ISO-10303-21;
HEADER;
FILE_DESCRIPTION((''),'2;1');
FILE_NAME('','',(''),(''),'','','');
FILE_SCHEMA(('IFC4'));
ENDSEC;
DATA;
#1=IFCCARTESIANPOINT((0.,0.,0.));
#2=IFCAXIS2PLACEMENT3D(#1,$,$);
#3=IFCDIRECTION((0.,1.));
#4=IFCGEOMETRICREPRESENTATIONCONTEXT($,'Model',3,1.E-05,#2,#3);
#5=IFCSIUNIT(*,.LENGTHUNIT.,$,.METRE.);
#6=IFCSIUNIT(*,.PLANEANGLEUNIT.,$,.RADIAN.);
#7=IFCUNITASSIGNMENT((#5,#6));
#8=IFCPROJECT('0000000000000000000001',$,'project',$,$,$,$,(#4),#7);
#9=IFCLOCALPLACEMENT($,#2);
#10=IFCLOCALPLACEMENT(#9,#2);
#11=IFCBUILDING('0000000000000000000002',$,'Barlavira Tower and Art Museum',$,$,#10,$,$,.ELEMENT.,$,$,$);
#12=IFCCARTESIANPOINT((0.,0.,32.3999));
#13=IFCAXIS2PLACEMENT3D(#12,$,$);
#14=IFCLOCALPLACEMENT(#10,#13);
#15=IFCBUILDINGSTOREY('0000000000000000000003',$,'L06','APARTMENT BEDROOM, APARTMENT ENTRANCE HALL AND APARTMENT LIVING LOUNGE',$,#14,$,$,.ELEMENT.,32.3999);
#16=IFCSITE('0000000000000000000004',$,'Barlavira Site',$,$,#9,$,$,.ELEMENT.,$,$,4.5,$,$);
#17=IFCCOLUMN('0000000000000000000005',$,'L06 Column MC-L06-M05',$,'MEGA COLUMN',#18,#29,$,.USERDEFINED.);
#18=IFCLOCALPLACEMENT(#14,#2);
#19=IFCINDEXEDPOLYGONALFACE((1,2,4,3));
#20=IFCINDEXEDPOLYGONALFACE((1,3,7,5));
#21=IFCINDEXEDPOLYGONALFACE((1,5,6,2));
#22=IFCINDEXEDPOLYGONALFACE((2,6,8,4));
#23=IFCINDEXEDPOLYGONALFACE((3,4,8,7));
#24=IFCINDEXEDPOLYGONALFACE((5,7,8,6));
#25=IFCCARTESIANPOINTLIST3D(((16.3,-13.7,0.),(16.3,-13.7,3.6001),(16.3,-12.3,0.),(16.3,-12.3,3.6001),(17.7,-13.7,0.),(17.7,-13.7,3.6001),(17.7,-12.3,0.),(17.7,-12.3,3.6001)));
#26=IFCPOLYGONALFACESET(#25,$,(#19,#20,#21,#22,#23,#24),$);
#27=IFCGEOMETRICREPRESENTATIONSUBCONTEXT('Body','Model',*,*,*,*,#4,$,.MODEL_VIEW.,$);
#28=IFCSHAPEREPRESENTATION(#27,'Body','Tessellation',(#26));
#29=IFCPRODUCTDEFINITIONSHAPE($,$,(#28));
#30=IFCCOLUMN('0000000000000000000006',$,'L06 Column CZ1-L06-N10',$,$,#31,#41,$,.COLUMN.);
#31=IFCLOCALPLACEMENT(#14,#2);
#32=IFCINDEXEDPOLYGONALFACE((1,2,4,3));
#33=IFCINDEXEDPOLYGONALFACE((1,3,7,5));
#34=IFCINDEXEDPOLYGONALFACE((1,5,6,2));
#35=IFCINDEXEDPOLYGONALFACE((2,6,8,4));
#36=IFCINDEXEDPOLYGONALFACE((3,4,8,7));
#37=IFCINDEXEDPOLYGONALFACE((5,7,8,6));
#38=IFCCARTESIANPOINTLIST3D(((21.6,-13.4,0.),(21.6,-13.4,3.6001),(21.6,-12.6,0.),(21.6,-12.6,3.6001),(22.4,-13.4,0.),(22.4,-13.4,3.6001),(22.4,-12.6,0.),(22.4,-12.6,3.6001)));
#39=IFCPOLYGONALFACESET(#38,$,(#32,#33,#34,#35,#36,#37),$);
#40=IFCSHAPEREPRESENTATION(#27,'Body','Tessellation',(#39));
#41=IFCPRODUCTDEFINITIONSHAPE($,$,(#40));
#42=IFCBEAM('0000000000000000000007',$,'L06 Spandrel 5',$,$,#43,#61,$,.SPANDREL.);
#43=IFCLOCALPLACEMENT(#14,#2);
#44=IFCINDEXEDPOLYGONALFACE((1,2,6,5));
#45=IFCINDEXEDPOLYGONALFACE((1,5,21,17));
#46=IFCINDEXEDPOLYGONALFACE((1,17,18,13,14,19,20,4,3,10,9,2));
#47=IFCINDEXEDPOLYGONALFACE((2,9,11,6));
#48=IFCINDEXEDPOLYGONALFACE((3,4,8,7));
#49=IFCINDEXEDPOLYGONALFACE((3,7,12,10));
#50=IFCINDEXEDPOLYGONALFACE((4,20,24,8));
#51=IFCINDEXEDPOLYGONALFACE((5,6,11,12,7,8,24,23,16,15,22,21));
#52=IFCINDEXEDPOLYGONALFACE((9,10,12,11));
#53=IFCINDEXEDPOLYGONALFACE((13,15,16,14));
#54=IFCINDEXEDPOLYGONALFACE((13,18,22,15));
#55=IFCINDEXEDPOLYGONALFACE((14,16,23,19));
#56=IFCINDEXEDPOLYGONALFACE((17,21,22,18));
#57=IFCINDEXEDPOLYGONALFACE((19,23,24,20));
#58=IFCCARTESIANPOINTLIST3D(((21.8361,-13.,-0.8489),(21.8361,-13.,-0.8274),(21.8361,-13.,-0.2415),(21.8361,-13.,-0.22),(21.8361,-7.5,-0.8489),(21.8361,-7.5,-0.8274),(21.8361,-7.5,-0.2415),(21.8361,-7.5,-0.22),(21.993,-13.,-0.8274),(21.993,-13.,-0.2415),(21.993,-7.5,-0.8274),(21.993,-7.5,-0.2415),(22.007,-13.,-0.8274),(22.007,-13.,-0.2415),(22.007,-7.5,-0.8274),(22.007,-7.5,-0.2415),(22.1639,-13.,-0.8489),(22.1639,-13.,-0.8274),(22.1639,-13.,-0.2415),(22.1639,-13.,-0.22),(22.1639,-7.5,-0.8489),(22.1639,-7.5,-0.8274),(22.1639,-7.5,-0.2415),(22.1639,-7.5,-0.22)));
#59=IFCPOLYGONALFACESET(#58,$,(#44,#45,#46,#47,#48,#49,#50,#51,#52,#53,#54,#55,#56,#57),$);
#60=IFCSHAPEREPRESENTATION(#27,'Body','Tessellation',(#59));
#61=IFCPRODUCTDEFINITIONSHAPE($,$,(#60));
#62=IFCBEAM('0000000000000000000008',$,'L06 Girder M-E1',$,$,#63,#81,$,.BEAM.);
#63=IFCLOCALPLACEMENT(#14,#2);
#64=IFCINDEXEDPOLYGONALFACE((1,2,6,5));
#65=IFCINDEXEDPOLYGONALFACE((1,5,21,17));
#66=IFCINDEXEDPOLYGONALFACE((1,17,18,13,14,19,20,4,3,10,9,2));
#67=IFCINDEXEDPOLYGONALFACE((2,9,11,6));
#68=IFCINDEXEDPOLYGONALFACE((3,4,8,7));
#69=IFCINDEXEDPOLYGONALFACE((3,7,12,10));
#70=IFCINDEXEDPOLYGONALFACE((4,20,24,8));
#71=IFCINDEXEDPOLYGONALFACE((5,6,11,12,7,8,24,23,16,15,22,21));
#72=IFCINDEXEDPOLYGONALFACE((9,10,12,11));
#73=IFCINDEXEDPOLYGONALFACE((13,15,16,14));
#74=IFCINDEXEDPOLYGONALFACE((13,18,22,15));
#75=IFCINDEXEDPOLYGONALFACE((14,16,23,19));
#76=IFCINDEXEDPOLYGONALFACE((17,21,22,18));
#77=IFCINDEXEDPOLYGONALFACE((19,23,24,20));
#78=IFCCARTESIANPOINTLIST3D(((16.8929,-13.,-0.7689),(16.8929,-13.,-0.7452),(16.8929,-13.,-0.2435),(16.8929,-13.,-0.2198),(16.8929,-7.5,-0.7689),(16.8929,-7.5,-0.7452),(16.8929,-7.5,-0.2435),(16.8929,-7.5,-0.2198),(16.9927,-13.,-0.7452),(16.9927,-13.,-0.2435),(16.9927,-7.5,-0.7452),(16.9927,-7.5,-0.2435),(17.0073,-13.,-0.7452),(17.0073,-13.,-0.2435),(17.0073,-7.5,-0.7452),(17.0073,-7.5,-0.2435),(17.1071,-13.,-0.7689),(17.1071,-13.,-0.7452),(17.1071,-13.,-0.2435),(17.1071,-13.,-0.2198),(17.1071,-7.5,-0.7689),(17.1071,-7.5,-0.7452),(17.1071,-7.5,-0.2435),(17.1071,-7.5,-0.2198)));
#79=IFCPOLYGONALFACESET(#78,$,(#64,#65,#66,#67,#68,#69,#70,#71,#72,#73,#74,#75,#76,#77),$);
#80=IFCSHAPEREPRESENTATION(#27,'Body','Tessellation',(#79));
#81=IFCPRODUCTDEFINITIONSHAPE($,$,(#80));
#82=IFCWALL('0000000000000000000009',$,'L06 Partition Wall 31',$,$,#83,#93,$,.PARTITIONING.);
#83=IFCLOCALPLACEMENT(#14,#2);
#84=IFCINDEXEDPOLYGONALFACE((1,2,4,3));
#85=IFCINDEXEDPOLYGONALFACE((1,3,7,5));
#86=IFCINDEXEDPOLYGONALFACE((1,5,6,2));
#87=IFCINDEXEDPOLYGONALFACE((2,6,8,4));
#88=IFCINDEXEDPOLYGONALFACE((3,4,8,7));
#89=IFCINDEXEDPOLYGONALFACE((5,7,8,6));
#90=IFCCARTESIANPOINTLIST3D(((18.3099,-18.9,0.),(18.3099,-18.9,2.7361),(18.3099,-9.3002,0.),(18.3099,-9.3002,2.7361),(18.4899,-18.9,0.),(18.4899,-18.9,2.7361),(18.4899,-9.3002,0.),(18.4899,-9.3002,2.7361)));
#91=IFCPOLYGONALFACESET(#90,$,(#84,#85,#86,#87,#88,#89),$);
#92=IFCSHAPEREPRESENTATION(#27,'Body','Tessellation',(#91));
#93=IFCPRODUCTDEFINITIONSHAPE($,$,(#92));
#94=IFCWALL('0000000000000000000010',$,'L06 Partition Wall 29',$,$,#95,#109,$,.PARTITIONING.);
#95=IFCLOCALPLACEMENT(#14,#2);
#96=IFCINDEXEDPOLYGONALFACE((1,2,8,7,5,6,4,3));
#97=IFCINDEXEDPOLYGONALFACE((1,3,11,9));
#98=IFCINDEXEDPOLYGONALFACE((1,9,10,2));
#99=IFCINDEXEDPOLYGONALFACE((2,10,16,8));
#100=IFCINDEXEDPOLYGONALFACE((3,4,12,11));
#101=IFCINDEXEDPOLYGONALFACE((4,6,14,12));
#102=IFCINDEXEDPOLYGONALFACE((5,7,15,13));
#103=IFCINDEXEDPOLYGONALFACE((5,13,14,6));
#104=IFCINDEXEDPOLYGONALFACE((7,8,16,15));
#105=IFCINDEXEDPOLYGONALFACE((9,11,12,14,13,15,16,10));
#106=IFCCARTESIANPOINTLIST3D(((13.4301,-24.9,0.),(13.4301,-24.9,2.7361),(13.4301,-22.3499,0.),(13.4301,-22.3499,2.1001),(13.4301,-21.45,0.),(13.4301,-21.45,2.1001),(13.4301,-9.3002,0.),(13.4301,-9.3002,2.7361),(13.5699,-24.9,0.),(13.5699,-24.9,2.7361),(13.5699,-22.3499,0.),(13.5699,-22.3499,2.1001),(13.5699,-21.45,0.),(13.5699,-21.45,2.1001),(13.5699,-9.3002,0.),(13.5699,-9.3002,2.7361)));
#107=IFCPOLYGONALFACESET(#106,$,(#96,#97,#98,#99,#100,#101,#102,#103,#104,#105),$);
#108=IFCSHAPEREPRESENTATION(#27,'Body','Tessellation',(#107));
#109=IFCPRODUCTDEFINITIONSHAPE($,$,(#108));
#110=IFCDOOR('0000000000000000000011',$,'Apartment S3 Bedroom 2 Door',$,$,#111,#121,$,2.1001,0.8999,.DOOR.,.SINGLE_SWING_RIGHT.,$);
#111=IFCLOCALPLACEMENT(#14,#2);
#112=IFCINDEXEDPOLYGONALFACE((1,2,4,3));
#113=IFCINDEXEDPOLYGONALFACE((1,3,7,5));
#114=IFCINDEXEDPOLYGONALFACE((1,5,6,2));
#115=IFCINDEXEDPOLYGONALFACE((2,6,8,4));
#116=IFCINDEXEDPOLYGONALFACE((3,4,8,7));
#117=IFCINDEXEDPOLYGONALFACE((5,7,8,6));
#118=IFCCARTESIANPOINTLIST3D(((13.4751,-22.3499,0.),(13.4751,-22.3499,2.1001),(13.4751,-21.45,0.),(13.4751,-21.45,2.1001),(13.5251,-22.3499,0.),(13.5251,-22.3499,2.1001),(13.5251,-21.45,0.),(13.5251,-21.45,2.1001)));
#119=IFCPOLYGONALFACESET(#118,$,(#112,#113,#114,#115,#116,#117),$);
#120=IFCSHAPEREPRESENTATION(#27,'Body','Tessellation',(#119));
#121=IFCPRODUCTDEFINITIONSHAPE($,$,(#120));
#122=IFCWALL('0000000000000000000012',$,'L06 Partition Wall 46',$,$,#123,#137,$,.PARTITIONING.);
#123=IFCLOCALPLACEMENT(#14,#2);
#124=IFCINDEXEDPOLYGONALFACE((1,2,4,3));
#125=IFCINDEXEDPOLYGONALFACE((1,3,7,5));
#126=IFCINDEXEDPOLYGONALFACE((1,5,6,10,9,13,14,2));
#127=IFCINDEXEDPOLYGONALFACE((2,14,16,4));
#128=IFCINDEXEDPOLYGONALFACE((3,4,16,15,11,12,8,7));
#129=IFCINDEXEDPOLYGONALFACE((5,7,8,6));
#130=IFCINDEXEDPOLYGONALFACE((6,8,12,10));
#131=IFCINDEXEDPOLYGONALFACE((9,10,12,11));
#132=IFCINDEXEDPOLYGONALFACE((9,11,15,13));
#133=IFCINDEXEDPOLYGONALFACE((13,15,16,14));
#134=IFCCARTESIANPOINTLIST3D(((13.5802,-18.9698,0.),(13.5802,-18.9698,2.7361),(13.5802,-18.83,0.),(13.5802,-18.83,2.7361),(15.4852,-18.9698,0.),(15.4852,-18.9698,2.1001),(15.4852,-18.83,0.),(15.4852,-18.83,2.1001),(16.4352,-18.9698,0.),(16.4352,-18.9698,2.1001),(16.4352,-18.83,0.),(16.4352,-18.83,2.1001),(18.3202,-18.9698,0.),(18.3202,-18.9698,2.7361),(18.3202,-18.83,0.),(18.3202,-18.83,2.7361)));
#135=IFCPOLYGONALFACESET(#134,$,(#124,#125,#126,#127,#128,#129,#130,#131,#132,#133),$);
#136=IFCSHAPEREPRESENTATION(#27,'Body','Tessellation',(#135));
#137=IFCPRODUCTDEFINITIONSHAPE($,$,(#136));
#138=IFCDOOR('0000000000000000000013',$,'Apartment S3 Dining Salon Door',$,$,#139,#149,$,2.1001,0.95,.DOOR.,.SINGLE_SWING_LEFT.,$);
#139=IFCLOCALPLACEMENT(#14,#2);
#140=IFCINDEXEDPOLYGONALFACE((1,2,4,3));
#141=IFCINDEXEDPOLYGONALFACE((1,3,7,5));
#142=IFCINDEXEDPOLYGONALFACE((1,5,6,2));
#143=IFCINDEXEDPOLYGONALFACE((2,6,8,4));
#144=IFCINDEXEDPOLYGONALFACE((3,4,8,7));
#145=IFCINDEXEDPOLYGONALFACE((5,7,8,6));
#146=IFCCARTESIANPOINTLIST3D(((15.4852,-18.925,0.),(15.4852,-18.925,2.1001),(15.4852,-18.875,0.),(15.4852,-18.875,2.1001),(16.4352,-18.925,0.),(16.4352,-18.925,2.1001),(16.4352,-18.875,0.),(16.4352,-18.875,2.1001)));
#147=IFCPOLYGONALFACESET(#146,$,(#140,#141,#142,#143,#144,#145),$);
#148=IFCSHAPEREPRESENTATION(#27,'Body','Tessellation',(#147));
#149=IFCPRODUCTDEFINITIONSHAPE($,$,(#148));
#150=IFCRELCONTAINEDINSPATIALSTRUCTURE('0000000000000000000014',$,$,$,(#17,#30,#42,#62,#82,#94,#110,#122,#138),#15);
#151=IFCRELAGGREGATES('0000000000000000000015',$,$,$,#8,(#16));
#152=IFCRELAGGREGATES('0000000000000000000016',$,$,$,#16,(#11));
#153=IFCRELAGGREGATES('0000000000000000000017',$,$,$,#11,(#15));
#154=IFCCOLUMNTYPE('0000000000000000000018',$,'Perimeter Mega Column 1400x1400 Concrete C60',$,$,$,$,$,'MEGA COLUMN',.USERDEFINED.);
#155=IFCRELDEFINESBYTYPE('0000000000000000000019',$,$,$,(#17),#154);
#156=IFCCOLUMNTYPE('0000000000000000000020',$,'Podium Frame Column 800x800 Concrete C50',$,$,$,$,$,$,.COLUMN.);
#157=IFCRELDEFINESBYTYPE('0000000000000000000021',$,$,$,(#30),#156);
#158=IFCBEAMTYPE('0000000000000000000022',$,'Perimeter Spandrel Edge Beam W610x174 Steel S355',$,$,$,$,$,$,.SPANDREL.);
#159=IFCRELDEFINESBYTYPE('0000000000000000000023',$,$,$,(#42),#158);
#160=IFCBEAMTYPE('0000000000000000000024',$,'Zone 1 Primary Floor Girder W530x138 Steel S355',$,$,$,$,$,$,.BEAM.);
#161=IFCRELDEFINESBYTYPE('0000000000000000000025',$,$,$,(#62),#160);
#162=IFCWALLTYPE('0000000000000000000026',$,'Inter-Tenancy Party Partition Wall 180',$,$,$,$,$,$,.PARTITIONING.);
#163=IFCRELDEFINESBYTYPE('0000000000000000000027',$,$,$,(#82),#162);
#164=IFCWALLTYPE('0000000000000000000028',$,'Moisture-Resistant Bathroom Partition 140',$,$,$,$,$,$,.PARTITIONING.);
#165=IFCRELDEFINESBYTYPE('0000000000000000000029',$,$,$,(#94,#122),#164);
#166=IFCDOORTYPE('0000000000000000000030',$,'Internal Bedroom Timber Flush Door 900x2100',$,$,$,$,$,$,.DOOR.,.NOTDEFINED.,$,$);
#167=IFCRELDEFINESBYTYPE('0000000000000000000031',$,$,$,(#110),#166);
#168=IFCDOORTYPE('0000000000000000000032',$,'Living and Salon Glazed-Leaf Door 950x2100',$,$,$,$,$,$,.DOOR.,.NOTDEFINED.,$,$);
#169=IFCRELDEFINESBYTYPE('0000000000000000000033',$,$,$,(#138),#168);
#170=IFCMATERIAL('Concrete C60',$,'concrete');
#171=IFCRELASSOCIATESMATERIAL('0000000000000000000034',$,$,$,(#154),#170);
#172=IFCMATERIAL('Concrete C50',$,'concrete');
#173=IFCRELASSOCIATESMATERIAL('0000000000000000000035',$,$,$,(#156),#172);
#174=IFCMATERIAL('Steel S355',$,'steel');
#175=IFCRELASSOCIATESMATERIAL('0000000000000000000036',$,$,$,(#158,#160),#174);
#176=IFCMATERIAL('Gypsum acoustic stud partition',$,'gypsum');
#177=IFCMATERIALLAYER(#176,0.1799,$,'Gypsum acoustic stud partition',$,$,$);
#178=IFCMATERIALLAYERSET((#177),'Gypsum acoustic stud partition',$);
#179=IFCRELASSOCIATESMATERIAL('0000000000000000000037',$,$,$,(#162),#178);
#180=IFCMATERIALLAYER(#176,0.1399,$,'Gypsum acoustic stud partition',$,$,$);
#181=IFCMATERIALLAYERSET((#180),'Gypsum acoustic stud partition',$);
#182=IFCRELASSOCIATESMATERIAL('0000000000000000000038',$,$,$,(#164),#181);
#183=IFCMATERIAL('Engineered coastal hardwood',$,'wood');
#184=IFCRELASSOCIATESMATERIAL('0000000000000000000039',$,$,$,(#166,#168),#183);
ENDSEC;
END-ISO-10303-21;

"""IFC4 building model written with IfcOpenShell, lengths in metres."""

from ifc_helpers import new_model, si_unit, direction, frame, frame_2d, origin, origin_2d, place, context, subcontext, project, spatial, rectangle, i_section, extrude, material, layer, layer_set, material_profile, profile_set, type_object, element, fill, save


model = new_model("IFC4")

# Units and contexts
model_context = context("Model", 3, precision=1e-05, world=origin(), true_north=direction((0.0, 1.0)))
body_context = subcontext(model_context, "Body", "Model", "MODEL_VIEW")
ifc_project = project(units=[si_unit("LENGTHUNIT", "METRE"), si_unit("PLANEANGLEUNIT", "RADIAN")], contexts=[model_context])

# Site, building, storey
site_placement = place(None, origin())
site = spatial("IfcSite", under=ifc_project, at=site_placement, Name="Barlavira Site", CompositionType="ELEMENT", RefElevation=4.5)
building_placement = place(site_placement, origin())
building = spatial("IfcBuilding", under=site, at=building_placement, Name="Barlavira Tower and Art Museum", CompositionType="ELEMENT")
storey_placement = place(building_placement, frame((0.0, 0.0, 32.3999)))
storey = spatial("IfcBuildingStorey", under=building, at=storey_placement, Name="L06", Description="APARTMENT BEDROOM, APARTMENT ENTRANCE HALL AND APARTMENT LIVING LOUNGE", CompositionType="ELEMENT", Elevation=32.3999)

# Columns
ifc_material_1 = material(Name="Concrete C60", Category="concrete")
ifc_material_profile_1 = material_profile(ifc_material_1, rectangle(XDim=1.3999, YDim=1.3999, at=origin_2d()), Name="RC-MCOL 1400x1400")
ifc_profile_set_1 = profile_set([ifc_material_profile_1], Name="Concrete C60")
column_type_1 = type_object("IfcColumnType", Name="Perimeter Mega Column 1400x1400 Concrete C60", ElementType="MEGA COLUMN", PredefinedType="USERDEFINED", material=ifc_profile_set_1)
column_1_placement = place(storey_placement, frame((17.0, -13.0, 0.0), z_axis=(0.0, 0.0, 1.0), x_axis=(1.0, 0.0, 0.0)))
element("IfcColumn", 1, at=column_1_placement, inside=storey, type_object=column_type_1, Name="L06 Column MC-L06-M05", ObjectType="MEGA COLUMN", PredefinedType="USERDEFINED", context=body_context, shape_type="SweptSolid", body=[
    extrude(rectangle(XDim=1.3999, YDim=1.3999, at=origin_2d()), origin(), (0.0, 0.0, 1.0), 3.6001),
])
ifc_material_2 = material(Name="Concrete C50", Category="concrete")
ifc_material_profile_2 = material_profile(ifc_material_2, rectangle(XDim=0.8, YDim=0.8, at=origin_2d()), Name="RC-COL 800x800")
ifc_profile_set_2 = profile_set([ifc_material_profile_2], Name="Concrete C50")
column_type_2 = type_object("IfcColumnType", Name="Podium Frame Column 800x800 Concrete C50", PredefinedType="COLUMN", material=ifc_profile_set_2)
column_2_placement = place(storey_placement, frame((22.0, -13.0, 0.0), z_axis=(0.0, 0.0, 1.0), x_axis=(1.0, 0.0, 0.0)))
element("IfcColumn", 2, at=column_2_placement, inside=storey, type_object=column_type_2, Name="L06 Column CZ1-L06-N10", PredefinedType="COLUMN", context=body_context, shape_type="SweptSolid", body=[
    extrude(rectangle(XDim=0.8, YDim=0.8, at=origin_2d()), origin(), (0.0, 0.0, 1.0), 3.6001),
])

# Beams
ifc_material_3 = material(Name="Steel S355", Category="steel")
ifc_material_profile_3 = material_profile(ifc_material_3, i_section(OverallWidth=0.3279, OverallDepth=0.6289, WebThickness=0.0139, FlangeThickness=0.0215, at=origin_2d()), Name="W610x174.0")
ifc_profile_set_3 = profile_set([ifc_material_profile_3], Name="Steel S355")
beam_type_1 = type_object("IfcBeamType", Name="Perimeter Spandrel Edge Beam W610x174 Steel S355", PredefinedType="SPANDREL", material=ifc_profile_set_3)
beam_1_placement = place(storey_placement, frame((22.0, -13.0, -0.5344), z_axis=(0.0, 1.0, 0.0), x_axis=(-1.0, 0.0, 0.0)))
element("IfcBeam", 3, at=beam_1_placement, inside=storey, type_object=beam_type_1, Name="L06 Spandrel 5", PredefinedType="SPANDREL", context=body_context, shape_type="SweptSolid", body=[
    extrude(i_section(OverallWidth=0.3279, OverallDepth=0.6289, WebThickness=0.0139, FlangeThickness=0.0215, at=origin_2d()), origin(), (0.0, 0.0, 1.0), 5.5),
])
ifc_material_profile_4 = material_profile(ifc_material_3, i_section(OverallWidth=0.2141, OverallDepth=0.5491, WebThickness=0.0146, FlangeThickness=0.0237, at=origin_2d()), Name="W530x138.0")
ifc_profile_set_4 = profile_set([ifc_material_profile_4], Name="Steel S355")
beam_type_2 = type_object("IfcBeamType", Name="Zone 1 Primary Floor Girder W530x138 Steel S355", PredefinedType="BEAM", material=ifc_profile_set_4)
beam_2_placement = place(storey_placement, frame((17.0, -13.0, -0.4944), z_axis=(0.0, 1.0, 0.0), x_axis=(-1.0, 0.0, 0.0)))
element("IfcBeam", 4, at=beam_2_placement, inside=storey, type_object=beam_type_2, Name="L06 Girder M-E1", PredefinedType="BEAM", context=body_context, shape_type="SweptSolid", body=[
    extrude(i_section(OverallWidth=0.2141, OverallDepth=0.5491, WebThickness=0.0146, FlangeThickness=0.0237, at=origin_2d()), origin(), (0.0, 0.0, 1.0), 5.5),
])

# Wall
ifc_material_4 = material(Name="Gypsum acoustic stud partition", Category="gypsum")
ifc_layer_1 = layer(ifc_material_4, 0.1799, Name="Gypsum acoustic stud partition")
ifc_layer_set_1 = layer_set([ifc_layer_1], Name="Gypsum acoustic stud partition")
wall_type_1 = type_object("IfcWallType", Name="Inter-Tenancy Party Partition Wall 180", PredefinedType="PARTITIONING", material=ifc_layer_set_1)
wall_1_placement = place(storey_placement, frame((18.3999, -18.8999, 0.0), z_axis=(0.0, 0.0, 1.0), x_axis=(0.0, 1.0, 0.0)))
element("IfcWall", 5, at=wall_1_placement, inside=storey, type_object=wall_type_1, Name="L06 Partition Wall 31", PredefinedType="PARTITIONING", context=body_context, shape_type="SweptSolid", body=[
    extrude(rectangle(XDim=9.5999, YDim=0.1799, at=frame_2d((4.7998, 0.0))), origin(), (0.0, 0.0, 1.0), 2.7361),
])

# Walls, openings, doors
ifc_layer_2 = layer(ifc_material_4, 0.1399, Name="Gypsum acoustic stud partition")
ifc_layer_set_2 = layer_set([ifc_layer_2], Name="Gypsum acoustic stud partition")
wall_type_2 = type_object("IfcWallType", Name="Moisture-Resistant Bathroom Partition 140", PredefinedType="PARTITIONING", material=ifc_layer_set_2)
wall_2_placement = place(storey_placement, frame((13.5, -24.8999, 0.0), z_axis=(0.0, 0.0, 1.0), x_axis=(0.0, 1.0, 0.0)))
wall_2 = element("IfcWall", 6, at=wall_2_placement, inside=storey, type_object=wall_type_2, Name="L06 Partition Wall 29", PredefinedType="PARTITIONING", context=body_context, shape_type="SweptSolid", body=[
    extrude(rectangle(XDim=15.5999, YDim=0.1399, at=frame_2d((7.7998, 0.0))), origin(), (0.0, 0.0, 1.0), 2.7361),
])
opening_1_placement = place(wall_2_placement, frame((2.55, 0.0, 0.0)))
opening_1 = element("IfcOpeningElement", 7, at=opening_1_placement, cuts=wall_2, PredefinedType="OPENING", context=body_context, shape_type="SweptSolid", body=[
    extrude(rectangle(XDim=0.8999, YDim=2.1001, at=frame_2d((0.45, 1.05))), frame((0.0, 0.0801, 0.0), z_axis=(0.0, -1.0, 0.0), x_axis=(1.0, 0.0, 0.0)), (0.0, 0.0, 1.0), 0.1599),
])
ifc_material_5 = material(Name="Engineered coastal hardwood", Category="wood")
door_type_1 = type_object("IfcDoorType", Name="Internal Bedroom Timber Flush Door 900x2100", OperationType="NOTDEFINED", PredefinedType="DOOR", material=ifc_material_5)
door_1_placement = place(opening_1_placement, origin())
door_1 = element("IfcDoor", 8, at=door_1_placement, inside=storey, type_object=door_type_1, Name="Apartment S3 Bedroom 2 Door", OperationType="SINGLE_SWING_RIGHT", OverallHeight=2.1001, OverallWidth=0.8999, PredefinedType="DOOR", context=body_context, shape_type="SweptSolid", body=[
    extrude(rectangle(XDim=0.8999, YDim=2.1001, at=frame_2d((0.45, 1.05))), frame((0.0, 0.0249, 0.0), z_axis=(0.0, -1.0, 0.0), x_axis=(1.0, 0.0, 0.0)), (0.0, 0.0, 1.0), 0.05),
])
fill(opening_1, door_1)
wall_3_placement = place(storey_placement, frame((13.5801, -18.8999, 0.0), z_axis=(0.0, 0.0, 1.0), x_axis=(1.0, 0.0, 0.0)))
wall_3 = element("IfcWall", 9, at=wall_3_placement, inside=storey, type_object=wall_type_2, Name="L06 Partition Wall 46", PredefinedType="PARTITIONING", context=body_context, shape_type="SweptSolid", body=[
    extrude(rectangle(XDim=4.74, YDim=0.1399, at=frame_2d((2.3701, 0.0))), origin(), (0.0, 0.0, 1.0), 2.7361),
])
opening_2_placement = place(wall_3_placement, frame((1.905, 0.0, 0.0)))
opening_2 = element("IfcOpeningElement", 10, at=opening_2_placement, cuts=wall_3, PredefinedType="OPENING", context=body_context, shape_type="SweptSolid", body=[
    extrude(rectangle(XDim=0.95, YDim=2.1001, at=frame_2d((0.4751, 1.05))), frame((0.0, 0.0801, 0.0), z_axis=(0.0, -1.0, 0.0), x_axis=(1.0, 0.0, 0.0)), (0.0, 0.0, 1.0), 0.1599),
])
door_type_2 = type_object("IfcDoorType", Name="Living and Salon Glazed-Leaf Door 950x2100", OperationType="NOTDEFINED", PredefinedType="DOOR", material=ifc_material_5)
door_2_placement = place(opening_2_placement, origin())
door_2 = element("IfcDoor", 11, at=door_2_placement, inside=storey, type_object=door_type_2, Name="Apartment S3 Dining Salon Door", OperationType="SINGLE_SWING_LEFT", OverallHeight=2.1001, OverallWidth=0.95, PredefinedType="DOOR", context=body_context, shape_type="SweptSolid", body=[
    extrude(rectangle(XDim=0.95, YDim=2.1001, at=frame_2d((0.4751, 1.05))), frame((0.0, 0.0249, 0.0), z_axis=(0.0, -1.0, 0.0), x_axis=(1.0, 0.0, 0.0)), (0.0, 0.0, 1.0), 0.05),
])
fill(opening_2, door_2)

save(model, "model.ifc")
